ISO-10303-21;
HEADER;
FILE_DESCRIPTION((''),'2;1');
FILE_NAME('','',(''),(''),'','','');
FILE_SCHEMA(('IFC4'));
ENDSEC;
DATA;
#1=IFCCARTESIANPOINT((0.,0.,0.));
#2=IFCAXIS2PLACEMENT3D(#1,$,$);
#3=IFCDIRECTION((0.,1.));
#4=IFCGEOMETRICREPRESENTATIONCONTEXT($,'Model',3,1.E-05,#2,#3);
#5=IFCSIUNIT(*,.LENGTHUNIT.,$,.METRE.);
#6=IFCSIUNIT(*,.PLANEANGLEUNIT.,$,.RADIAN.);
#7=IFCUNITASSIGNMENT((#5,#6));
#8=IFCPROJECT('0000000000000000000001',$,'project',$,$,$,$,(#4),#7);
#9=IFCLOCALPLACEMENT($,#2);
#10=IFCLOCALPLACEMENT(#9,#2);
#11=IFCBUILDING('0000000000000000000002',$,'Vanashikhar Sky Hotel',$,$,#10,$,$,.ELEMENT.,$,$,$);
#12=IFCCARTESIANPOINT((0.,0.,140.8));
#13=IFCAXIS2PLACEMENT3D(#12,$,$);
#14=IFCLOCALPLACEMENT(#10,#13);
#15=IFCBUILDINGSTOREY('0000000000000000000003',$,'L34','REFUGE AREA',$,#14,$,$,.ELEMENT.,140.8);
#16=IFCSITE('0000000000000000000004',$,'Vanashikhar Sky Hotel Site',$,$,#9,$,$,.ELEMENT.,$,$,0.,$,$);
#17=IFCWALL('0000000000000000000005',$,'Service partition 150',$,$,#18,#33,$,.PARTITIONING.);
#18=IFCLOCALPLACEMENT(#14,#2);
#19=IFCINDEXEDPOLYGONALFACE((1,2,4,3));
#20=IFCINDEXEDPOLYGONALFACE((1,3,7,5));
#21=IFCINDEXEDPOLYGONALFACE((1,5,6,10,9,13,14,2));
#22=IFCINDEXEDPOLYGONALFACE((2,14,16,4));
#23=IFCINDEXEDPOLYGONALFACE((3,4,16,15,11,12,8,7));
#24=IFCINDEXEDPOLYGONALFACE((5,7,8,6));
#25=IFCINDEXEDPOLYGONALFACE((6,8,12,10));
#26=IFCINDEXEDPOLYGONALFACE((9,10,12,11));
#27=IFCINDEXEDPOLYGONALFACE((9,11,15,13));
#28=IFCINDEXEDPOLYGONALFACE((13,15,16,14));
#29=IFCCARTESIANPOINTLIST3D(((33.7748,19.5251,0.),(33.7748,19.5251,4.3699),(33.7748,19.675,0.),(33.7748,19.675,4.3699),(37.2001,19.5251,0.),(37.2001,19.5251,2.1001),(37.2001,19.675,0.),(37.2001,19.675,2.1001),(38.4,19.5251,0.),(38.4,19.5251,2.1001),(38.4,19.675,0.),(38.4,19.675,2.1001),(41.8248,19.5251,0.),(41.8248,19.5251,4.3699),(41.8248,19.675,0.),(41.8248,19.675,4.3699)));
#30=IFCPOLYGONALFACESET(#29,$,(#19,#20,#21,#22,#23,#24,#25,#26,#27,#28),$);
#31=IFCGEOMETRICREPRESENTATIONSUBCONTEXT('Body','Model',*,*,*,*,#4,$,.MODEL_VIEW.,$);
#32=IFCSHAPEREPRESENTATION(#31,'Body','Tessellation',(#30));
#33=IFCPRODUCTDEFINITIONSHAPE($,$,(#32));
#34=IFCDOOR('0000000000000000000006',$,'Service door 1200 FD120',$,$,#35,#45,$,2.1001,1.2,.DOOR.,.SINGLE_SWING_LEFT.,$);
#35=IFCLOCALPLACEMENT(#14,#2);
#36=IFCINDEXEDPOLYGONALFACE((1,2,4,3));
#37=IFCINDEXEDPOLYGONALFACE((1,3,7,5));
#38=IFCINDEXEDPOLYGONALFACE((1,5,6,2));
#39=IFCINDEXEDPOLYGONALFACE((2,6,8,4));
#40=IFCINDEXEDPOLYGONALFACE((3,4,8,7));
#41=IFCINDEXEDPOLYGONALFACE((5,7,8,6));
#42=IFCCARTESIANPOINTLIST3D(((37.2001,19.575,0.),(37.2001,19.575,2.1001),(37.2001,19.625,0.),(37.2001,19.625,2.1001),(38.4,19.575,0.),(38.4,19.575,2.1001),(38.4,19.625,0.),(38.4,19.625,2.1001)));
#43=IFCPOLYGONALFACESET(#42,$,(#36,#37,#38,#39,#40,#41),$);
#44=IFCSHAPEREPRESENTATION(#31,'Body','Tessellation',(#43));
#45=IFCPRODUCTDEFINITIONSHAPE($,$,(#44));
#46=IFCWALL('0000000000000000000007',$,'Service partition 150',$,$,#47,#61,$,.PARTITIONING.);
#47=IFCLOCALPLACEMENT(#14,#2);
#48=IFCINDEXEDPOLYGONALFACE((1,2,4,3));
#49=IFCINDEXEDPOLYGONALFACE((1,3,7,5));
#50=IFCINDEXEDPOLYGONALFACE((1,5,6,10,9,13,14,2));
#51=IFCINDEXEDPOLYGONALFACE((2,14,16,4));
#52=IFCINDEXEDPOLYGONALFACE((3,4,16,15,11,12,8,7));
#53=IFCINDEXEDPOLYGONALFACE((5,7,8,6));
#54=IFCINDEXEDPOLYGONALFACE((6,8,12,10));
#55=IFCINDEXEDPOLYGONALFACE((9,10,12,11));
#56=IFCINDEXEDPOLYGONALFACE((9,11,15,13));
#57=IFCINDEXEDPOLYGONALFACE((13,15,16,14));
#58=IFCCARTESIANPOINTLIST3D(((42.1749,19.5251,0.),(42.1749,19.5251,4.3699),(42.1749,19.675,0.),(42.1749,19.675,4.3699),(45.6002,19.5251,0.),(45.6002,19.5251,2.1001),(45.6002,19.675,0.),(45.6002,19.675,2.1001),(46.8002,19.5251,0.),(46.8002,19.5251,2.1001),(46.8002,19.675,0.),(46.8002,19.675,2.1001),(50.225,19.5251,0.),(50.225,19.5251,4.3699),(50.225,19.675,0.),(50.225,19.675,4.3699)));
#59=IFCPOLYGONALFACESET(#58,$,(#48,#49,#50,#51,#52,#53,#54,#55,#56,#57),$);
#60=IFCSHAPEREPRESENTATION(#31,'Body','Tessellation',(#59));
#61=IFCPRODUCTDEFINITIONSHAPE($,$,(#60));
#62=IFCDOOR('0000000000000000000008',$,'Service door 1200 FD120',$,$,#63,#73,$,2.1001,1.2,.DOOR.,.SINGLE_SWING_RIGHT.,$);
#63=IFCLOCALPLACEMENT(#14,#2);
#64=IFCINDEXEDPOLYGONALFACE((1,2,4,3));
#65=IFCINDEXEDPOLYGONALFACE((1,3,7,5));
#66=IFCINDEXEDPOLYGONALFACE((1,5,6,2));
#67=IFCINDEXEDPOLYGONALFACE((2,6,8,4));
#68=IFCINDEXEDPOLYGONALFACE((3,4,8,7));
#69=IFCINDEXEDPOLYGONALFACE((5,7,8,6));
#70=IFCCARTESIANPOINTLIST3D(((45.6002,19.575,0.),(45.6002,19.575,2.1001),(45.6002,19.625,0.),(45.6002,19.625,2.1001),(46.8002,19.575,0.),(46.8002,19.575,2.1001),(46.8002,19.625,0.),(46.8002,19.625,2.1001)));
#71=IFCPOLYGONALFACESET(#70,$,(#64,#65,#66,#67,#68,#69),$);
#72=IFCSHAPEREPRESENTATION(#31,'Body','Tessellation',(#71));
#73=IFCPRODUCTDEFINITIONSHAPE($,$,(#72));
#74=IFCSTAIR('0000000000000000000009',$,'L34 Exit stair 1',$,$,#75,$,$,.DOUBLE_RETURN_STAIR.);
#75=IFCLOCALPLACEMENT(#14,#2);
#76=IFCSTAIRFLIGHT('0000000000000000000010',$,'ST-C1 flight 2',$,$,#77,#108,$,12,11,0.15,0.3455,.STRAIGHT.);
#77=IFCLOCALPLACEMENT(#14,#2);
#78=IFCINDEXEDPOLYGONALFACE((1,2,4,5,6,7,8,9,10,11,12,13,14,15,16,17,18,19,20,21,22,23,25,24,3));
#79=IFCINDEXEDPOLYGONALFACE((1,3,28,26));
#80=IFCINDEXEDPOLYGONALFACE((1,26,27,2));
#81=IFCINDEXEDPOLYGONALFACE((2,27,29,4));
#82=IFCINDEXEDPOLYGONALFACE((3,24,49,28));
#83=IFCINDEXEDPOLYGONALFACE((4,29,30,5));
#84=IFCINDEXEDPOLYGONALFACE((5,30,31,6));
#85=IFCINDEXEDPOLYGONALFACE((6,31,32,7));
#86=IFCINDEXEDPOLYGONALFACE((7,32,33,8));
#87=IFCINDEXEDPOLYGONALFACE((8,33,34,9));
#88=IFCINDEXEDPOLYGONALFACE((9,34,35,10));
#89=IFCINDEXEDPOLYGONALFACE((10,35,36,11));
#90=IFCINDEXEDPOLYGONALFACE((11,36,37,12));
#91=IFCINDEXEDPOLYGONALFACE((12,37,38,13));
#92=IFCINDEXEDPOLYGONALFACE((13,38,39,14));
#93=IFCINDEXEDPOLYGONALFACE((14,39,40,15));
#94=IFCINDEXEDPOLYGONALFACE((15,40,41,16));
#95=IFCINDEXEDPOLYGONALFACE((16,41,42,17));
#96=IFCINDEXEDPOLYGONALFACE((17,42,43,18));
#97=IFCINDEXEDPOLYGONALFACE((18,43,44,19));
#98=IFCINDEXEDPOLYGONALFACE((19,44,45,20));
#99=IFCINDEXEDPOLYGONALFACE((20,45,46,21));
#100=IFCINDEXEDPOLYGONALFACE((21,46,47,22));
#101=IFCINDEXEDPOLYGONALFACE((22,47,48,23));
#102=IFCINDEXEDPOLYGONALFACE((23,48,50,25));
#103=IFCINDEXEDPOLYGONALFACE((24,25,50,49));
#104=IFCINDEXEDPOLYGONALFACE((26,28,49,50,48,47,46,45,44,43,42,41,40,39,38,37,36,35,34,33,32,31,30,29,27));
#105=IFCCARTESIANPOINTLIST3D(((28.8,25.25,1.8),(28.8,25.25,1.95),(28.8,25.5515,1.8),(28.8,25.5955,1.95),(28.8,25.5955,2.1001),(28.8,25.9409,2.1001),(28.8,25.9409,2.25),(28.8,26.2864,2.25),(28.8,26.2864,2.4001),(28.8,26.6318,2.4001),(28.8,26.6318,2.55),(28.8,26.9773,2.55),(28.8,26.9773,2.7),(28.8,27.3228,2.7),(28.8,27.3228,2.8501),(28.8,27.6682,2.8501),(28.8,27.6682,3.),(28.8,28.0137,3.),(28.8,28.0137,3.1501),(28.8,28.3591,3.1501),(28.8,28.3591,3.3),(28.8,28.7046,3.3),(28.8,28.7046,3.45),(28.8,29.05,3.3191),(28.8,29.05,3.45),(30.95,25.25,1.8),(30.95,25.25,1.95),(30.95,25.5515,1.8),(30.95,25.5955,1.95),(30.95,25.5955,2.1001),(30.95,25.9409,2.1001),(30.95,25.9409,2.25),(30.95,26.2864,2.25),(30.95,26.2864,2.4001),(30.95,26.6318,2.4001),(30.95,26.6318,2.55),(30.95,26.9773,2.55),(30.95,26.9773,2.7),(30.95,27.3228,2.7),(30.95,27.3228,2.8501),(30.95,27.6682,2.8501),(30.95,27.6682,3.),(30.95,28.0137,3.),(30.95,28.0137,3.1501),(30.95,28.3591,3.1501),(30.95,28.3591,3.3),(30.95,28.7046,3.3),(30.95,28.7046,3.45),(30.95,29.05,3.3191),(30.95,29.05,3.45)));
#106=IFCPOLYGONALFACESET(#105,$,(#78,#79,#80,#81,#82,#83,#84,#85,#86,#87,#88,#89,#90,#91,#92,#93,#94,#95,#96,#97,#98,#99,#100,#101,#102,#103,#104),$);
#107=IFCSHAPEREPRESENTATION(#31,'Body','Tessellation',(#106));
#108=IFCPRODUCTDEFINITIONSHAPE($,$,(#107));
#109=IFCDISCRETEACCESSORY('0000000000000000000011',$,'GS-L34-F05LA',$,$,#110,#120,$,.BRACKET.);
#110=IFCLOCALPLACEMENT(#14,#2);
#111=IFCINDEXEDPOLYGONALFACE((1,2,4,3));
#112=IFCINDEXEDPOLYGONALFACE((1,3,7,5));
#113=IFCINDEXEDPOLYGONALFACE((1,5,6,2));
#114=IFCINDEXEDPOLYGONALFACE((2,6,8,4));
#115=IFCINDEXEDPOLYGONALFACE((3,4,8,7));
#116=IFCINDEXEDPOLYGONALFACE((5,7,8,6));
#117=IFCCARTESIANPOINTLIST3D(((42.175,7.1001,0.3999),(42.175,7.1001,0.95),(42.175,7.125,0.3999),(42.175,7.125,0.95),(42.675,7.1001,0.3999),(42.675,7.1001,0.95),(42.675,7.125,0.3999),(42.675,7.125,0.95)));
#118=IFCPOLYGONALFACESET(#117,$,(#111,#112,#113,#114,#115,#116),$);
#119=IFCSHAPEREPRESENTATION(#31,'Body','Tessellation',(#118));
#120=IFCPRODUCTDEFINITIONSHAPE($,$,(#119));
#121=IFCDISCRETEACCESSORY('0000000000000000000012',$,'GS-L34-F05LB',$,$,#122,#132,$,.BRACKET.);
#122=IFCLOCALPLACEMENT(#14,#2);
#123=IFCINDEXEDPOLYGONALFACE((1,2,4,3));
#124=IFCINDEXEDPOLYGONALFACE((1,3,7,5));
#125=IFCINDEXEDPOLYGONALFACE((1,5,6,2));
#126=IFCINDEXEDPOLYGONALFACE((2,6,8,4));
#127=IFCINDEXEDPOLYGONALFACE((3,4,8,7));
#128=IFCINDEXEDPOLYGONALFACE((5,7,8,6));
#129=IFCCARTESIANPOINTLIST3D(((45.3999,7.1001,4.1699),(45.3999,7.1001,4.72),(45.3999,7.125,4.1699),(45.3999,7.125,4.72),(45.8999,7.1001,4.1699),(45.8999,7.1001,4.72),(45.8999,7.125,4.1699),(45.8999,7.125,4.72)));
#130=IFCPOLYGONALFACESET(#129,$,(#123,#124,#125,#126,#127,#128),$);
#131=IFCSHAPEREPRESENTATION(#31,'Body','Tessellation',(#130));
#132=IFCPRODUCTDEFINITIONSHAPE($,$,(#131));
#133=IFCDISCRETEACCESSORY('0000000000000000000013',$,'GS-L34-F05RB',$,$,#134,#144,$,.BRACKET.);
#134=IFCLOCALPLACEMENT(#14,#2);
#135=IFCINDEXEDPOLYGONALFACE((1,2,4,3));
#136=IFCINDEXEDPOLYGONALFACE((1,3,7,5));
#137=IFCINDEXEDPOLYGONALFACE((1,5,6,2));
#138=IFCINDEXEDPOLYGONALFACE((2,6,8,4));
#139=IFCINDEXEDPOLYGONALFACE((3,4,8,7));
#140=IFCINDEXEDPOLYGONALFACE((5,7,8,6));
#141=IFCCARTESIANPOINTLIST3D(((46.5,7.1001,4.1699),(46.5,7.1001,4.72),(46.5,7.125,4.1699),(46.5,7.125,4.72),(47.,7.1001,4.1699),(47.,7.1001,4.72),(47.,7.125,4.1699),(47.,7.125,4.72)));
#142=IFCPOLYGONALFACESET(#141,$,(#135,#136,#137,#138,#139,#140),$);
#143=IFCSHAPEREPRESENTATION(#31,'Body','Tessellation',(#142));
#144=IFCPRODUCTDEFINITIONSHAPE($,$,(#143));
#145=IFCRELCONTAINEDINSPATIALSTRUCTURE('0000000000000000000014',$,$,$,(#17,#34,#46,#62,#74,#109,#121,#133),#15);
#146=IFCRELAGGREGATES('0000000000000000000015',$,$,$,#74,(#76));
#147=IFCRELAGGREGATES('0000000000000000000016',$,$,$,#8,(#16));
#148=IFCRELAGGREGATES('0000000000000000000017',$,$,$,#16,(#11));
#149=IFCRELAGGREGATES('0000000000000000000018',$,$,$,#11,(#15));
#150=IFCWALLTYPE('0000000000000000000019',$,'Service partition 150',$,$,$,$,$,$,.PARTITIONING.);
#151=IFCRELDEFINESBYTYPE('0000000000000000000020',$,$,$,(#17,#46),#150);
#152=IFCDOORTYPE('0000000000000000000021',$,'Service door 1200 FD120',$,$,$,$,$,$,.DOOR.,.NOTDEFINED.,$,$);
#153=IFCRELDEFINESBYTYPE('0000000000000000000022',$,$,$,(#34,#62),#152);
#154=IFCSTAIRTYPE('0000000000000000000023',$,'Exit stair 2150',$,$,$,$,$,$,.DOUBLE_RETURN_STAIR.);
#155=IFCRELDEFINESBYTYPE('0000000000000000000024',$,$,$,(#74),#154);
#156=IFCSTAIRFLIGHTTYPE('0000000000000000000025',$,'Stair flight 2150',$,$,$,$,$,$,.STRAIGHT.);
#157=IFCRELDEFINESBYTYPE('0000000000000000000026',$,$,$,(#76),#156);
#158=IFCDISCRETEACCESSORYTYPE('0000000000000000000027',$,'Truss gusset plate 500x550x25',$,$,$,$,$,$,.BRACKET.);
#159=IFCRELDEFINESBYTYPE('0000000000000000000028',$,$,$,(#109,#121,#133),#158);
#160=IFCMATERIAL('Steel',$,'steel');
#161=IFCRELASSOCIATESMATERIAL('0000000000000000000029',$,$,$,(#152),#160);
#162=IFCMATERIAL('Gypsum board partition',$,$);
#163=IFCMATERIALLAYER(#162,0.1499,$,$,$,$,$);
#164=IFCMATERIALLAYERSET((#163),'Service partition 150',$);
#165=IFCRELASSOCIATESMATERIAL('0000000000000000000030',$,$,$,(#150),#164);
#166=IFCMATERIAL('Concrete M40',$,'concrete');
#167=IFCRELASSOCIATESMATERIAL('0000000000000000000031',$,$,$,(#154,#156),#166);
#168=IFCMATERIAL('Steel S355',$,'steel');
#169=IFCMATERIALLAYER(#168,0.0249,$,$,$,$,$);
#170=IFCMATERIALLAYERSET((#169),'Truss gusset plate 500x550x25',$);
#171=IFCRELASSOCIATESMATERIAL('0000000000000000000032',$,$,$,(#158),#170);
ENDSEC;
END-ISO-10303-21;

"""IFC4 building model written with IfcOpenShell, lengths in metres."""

from ifc_helpers import new_model, si_unit, direction, frame, frame_2d, origin, origin_2d, place, context, subcontext, project, spatial, polyline, rectangle, outline, extrude, source, transform, mapped, material, layer, layer_set, type_object, element, fill, aggregate, save


model = new_model("IFC4")

# Units and contexts
model_context = context("Model", 3, precision=1e-05, world=origin(), true_north=direction((0.0, 1.0)))
body_context = subcontext(model_context, "Body", "Model", "MODEL_VIEW")
ifc_project = project(units=[si_unit("LENGTHUNIT", "METRE"), si_unit("PLANEANGLEUNIT", "RADIAN")], contexts=[model_context])

# Site, building, storey
site_placement = place(None, origin())
site = spatial("IfcSite", under=ifc_project, at=site_placement, Name="Vanashikhar Sky Hotel Site", CompositionType="ELEMENT", RefElevation=0.0)
building_placement = place(site_placement, origin())
building = spatial("IfcBuilding", under=site, at=building_placement, Name="Vanashikhar Sky Hotel", CompositionType="ELEMENT")
storey_placement = place(building_placement, frame((0.0, 0.0, 140.8)))
storey = spatial("IfcBuildingStorey", under=building, at=storey_placement, Name="L34", Description="REFUGE AREA", CompositionType="ELEMENT", Elevation=140.8)

# Shared definitions
ifc_material_1 = material(Name="Steel", Category="steel")

# Shared definitions
door_type_1 = type_object("IfcDoorType", Name="Service door 1200 FD120", OperationType="NOTDEFINED", PredefinedType="DOOR", material=ifc_material_1)
shared_shape_1 = source(origin(), body_context, "Body", "SweptSolid", [
    extrude(rectangle(XDim=1.2, YDim=2.1001, at=frame_2d((0.6001, 1.05))), frame((0.0, 0.0249, 0.0), z_axis=(0.0, -1.0, 0.0), x_axis=(1.0, 0.0, 0.0)), (0.0, 0.0, 1.0), 0.05),
])

# Shared definitions
ifc_material_2 = material(Name="Concrete M40", Category="concrete")

# Walls, openings, doors
ifc_material_3 = material(Name="Gypsum board partition")
ifc_layer_1 = layer(ifc_material_3, 0.1499)
ifc_layer_set_1 = layer_set([ifc_layer_1], Name="Service partition 150")
wall_type_1 = type_object("IfcWallType", Name="Service partition 150", PredefinedType="PARTITIONING", material=ifc_layer_set_1)
shared_shape_2 = source(origin(), body_context, "Body", "SweptSolid", [
    extrude(rectangle(XDim=8.05, YDim=0.1499, at=frame_2d((4.0249, 0.0))), origin(), (0.0, 0.0, 1.0), 4.3699),
])
shared_shape_3 = source(origin(), body_context, "Body", "SweptSolid", [
    extrude(rectangle(XDim=1.2, YDim=2.1001, at=frame_2d((0.6001, 1.05))), frame((0.0, 0.085, 0.0), z_axis=(0.0, -1.0, 0.0), x_axis=(1.0, 0.0, 0.0)), (0.0, 0.0, 1.0), 0.1699),
])
wall_1_placement = place(storey_placement, frame((33.7749, 19.6001, 0.0), z_axis=(0.0, 0.0, 1.0), x_axis=(1.0, 0.0, 0.0)))
wall_1 = element("IfcWall", 1, at=wall_1_placement, inside=storey, type_object=wall_type_1, Name="Service partition 150", PredefinedType="PARTITIONING", context=body_context, shape_type="MappedRepresentation", body=[
    mapped(shared_shape_2, transform((0.0, 0.0, 0.0), scale=1.0)),
])
opening_1_placement = place(wall_1_placement, frame((3.425, 0.0, 0.0)))
opening_1 = element("IfcOpeningElement", 2, at=opening_1_placement, cuts=wall_1, PredefinedType="OPENING", context=body_context, shape_type="MappedRepresentation", body=[
    mapped(shared_shape_3, transform((0.0, 0.0, 0.0), scale=1.0)),
])
door_1_placement = place(opening_1_placement, origin())
door_1 = element("IfcDoor", 3, at=door_1_placement, inside=storey, type_object=door_type_1, Name="Service door 1200 FD120", OperationType="SINGLE_SWING_LEFT", OverallHeight=2.1001, OverallWidth=1.2, PredefinedType="DOOR", context=body_context, shape_type="MappedRepresentation", body=[
    mapped(shared_shape_1, transform((0.0, 0.0, 0.0), scale=1.0)),
])
fill(opening_1, door_1)
wall_2_placement = place(storey_placement, frame((42.175, 19.6001, 0.0), z_axis=(0.0, 0.0, 1.0), x_axis=(1.0, 0.0, 0.0)))
wall_2 = element("IfcWall", 4, at=wall_2_placement, inside=storey, type_object=wall_type_1, Name="Service partition 150", PredefinedType="PARTITIONING", context=body_context, shape_type="MappedRepresentation", body=[
    mapped(shared_shape_2, transform((0.0, 0.0, 0.0), scale=1.0)),
])
opening_2_placement = place(wall_2_placement, frame((3.425, 0.0, 0.0)))
opening_2 = element("IfcOpeningElement", 5, at=opening_2_placement, cuts=wall_2, PredefinedType="OPENING", context=body_context, shape_type="MappedRepresentation", body=[
    mapped(shared_shape_3, transform((0.0, 0.0, 0.0), scale=1.0)),
])
door_2_placement = place(opening_2_placement, origin())
door_2 = element("IfcDoor", 6, at=door_2_placement, inside=storey, type_object=door_type_1, Name="Service door 1200 FD120", OperationType="SINGLE_SWING_RIGHT", OverallHeight=2.1001, OverallWidth=1.2, PredefinedType="DOOR", context=body_context, shape_type="MappedRepresentation", body=[
    mapped(shared_shape_1, transform((0.0, 0.0, 0.0), scale=1.0)),
])
fill(opening_2, door_2)

# Stair, stair flight
stair_type = type_object("IfcStairType", Name="Exit stair 2150", PredefinedType="DOUBLE_RETURN_STAIR", material=ifc_material_2)
stair_placement = place(storey_placement, origin())
stair = element("IfcStair", 7, at=stair_placement, inside=storey, type_object=stair_type, Name="L34 Exit stair 1", PredefinedType="DOUBLE_RETURN_STAIR")
stair_flight_type = type_object("IfcStairFlightType", Name="Stair flight 2150", PredefinedType="STRAIGHT", material=ifc_material_2)
shared_shape_4 = source(origin(), body_context, "Body", "SweptSolid", [
    extrude(outline(polyline([(0.0, 0.0), (0.0, 0.1499), (0.3455, 0.1499), (0.3455, 0.3), (0.6909, 0.3), (0.6909, 0.45), (1.0364, 0.45), (1.0364, 0.6001), (1.3818, 0.6001), (1.3818, 0.75), (1.7273, 0.75), (1.7273, 0.8999), (2.0728, 0.8999), (2.0728, 1.05), (2.4182, 1.05), (2.4182, 1.2), (2.7637, 1.2), (2.7637, 1.3501), (3.1091, 1.3501), (3.1091, 1.5), (3.4546, 1.5), (3.4546, 1.6499), (3.8, 1.6499), (3.8, 1.8), (3.8, 1.519), (0.3015, 0.0), (0.0, 0.0)])), frame((0.0, 1.075, 0.0), z_axis=(0.0, -1.0, 0.0), x_axis=(1.0, 0.0, 0.0)), (0.0, 0.0, 1.0), 2.1499),
])
stair_flight_placement = place(storey_placement, frame((29.875, 25.25, 1.8), z_axis=(0.0, 0.0, 1.0), x_axis=(0.0, 1.0, 0.0)))
stair_flight = element("IfcStairFlight", 8, at=stair_flight_placement, type_object=stair_flight_type, Name="ST-C1 flight 2", NumberOfRisers=12, NumberOfTreads=11, PredefinedType="STRAIGHT", RiserHeight=0.15, TreadLength=0.3455, context=body_context, shape_type="MappedRepresentation", body=[
    mapped(shared_shape_4, transform((0.0, 0.0, 0.0), scale=1.0)),
])
aggregate(stair, [stair_flight])

# Discrete accessories
ifc_material_4 = material(Name="Steel S355", Category="steel")
ifc_layer_2 = layer(ifc_material_4, 0.0249)
ifc_layer_set_2 = layer_set([ifc_layer_2], Name="Truss gusset plate 500x550x25")
discrete_accessory_type = type_object("IfcDiscreteAccessoryType", Name="Truss gusset plate 500x550x25", PredefinedType="BRACKET", material=ifc_layer_set_2)
shared_shape_5 = source(origin(), body_context, "Body", "SweptSolid", [
    extrude(rectangle(XDim=0.5, YDim=0.0249, at=origin_2d()), origin(), (0.0, 0.0, 1.0), 0.55),
])
for number, where, z_axis, x_axis, name in (
    (9, (42.425, 7.1125, 0.3999), (0.0, 0.0, 1.0), (1.0, 0.0, 0.0), "GS-L34-F05LA"),
    (10, (45.6499, 7.1125, 4.1699), (0.0, 0.0, 1.0), (1.0, 0.0, 0.0), "GS-L34-F05LB"),
    (11, (46.75, 7.1125, 4.1699), (0.0, 0.0, 1.0), (1.0, 0.0, 0.0), "GS-L34-F05RB"),
):
    element("IfcDiscreteAccessory", number, at=place(storey_placement, frame(where, z_axis=z_axis, x_axis=x_axis)), inside=storey, type_object=discrete_accessory_type, Name=name, PredefinedType="BRACKET", context=body_context, shape_type="MappedRepresentation", body=[
        mapped(shared_shape_5, transform((0.0, 0.0, 0.0), scale=1.0)),
    ])

save(model, "model.ifc")
